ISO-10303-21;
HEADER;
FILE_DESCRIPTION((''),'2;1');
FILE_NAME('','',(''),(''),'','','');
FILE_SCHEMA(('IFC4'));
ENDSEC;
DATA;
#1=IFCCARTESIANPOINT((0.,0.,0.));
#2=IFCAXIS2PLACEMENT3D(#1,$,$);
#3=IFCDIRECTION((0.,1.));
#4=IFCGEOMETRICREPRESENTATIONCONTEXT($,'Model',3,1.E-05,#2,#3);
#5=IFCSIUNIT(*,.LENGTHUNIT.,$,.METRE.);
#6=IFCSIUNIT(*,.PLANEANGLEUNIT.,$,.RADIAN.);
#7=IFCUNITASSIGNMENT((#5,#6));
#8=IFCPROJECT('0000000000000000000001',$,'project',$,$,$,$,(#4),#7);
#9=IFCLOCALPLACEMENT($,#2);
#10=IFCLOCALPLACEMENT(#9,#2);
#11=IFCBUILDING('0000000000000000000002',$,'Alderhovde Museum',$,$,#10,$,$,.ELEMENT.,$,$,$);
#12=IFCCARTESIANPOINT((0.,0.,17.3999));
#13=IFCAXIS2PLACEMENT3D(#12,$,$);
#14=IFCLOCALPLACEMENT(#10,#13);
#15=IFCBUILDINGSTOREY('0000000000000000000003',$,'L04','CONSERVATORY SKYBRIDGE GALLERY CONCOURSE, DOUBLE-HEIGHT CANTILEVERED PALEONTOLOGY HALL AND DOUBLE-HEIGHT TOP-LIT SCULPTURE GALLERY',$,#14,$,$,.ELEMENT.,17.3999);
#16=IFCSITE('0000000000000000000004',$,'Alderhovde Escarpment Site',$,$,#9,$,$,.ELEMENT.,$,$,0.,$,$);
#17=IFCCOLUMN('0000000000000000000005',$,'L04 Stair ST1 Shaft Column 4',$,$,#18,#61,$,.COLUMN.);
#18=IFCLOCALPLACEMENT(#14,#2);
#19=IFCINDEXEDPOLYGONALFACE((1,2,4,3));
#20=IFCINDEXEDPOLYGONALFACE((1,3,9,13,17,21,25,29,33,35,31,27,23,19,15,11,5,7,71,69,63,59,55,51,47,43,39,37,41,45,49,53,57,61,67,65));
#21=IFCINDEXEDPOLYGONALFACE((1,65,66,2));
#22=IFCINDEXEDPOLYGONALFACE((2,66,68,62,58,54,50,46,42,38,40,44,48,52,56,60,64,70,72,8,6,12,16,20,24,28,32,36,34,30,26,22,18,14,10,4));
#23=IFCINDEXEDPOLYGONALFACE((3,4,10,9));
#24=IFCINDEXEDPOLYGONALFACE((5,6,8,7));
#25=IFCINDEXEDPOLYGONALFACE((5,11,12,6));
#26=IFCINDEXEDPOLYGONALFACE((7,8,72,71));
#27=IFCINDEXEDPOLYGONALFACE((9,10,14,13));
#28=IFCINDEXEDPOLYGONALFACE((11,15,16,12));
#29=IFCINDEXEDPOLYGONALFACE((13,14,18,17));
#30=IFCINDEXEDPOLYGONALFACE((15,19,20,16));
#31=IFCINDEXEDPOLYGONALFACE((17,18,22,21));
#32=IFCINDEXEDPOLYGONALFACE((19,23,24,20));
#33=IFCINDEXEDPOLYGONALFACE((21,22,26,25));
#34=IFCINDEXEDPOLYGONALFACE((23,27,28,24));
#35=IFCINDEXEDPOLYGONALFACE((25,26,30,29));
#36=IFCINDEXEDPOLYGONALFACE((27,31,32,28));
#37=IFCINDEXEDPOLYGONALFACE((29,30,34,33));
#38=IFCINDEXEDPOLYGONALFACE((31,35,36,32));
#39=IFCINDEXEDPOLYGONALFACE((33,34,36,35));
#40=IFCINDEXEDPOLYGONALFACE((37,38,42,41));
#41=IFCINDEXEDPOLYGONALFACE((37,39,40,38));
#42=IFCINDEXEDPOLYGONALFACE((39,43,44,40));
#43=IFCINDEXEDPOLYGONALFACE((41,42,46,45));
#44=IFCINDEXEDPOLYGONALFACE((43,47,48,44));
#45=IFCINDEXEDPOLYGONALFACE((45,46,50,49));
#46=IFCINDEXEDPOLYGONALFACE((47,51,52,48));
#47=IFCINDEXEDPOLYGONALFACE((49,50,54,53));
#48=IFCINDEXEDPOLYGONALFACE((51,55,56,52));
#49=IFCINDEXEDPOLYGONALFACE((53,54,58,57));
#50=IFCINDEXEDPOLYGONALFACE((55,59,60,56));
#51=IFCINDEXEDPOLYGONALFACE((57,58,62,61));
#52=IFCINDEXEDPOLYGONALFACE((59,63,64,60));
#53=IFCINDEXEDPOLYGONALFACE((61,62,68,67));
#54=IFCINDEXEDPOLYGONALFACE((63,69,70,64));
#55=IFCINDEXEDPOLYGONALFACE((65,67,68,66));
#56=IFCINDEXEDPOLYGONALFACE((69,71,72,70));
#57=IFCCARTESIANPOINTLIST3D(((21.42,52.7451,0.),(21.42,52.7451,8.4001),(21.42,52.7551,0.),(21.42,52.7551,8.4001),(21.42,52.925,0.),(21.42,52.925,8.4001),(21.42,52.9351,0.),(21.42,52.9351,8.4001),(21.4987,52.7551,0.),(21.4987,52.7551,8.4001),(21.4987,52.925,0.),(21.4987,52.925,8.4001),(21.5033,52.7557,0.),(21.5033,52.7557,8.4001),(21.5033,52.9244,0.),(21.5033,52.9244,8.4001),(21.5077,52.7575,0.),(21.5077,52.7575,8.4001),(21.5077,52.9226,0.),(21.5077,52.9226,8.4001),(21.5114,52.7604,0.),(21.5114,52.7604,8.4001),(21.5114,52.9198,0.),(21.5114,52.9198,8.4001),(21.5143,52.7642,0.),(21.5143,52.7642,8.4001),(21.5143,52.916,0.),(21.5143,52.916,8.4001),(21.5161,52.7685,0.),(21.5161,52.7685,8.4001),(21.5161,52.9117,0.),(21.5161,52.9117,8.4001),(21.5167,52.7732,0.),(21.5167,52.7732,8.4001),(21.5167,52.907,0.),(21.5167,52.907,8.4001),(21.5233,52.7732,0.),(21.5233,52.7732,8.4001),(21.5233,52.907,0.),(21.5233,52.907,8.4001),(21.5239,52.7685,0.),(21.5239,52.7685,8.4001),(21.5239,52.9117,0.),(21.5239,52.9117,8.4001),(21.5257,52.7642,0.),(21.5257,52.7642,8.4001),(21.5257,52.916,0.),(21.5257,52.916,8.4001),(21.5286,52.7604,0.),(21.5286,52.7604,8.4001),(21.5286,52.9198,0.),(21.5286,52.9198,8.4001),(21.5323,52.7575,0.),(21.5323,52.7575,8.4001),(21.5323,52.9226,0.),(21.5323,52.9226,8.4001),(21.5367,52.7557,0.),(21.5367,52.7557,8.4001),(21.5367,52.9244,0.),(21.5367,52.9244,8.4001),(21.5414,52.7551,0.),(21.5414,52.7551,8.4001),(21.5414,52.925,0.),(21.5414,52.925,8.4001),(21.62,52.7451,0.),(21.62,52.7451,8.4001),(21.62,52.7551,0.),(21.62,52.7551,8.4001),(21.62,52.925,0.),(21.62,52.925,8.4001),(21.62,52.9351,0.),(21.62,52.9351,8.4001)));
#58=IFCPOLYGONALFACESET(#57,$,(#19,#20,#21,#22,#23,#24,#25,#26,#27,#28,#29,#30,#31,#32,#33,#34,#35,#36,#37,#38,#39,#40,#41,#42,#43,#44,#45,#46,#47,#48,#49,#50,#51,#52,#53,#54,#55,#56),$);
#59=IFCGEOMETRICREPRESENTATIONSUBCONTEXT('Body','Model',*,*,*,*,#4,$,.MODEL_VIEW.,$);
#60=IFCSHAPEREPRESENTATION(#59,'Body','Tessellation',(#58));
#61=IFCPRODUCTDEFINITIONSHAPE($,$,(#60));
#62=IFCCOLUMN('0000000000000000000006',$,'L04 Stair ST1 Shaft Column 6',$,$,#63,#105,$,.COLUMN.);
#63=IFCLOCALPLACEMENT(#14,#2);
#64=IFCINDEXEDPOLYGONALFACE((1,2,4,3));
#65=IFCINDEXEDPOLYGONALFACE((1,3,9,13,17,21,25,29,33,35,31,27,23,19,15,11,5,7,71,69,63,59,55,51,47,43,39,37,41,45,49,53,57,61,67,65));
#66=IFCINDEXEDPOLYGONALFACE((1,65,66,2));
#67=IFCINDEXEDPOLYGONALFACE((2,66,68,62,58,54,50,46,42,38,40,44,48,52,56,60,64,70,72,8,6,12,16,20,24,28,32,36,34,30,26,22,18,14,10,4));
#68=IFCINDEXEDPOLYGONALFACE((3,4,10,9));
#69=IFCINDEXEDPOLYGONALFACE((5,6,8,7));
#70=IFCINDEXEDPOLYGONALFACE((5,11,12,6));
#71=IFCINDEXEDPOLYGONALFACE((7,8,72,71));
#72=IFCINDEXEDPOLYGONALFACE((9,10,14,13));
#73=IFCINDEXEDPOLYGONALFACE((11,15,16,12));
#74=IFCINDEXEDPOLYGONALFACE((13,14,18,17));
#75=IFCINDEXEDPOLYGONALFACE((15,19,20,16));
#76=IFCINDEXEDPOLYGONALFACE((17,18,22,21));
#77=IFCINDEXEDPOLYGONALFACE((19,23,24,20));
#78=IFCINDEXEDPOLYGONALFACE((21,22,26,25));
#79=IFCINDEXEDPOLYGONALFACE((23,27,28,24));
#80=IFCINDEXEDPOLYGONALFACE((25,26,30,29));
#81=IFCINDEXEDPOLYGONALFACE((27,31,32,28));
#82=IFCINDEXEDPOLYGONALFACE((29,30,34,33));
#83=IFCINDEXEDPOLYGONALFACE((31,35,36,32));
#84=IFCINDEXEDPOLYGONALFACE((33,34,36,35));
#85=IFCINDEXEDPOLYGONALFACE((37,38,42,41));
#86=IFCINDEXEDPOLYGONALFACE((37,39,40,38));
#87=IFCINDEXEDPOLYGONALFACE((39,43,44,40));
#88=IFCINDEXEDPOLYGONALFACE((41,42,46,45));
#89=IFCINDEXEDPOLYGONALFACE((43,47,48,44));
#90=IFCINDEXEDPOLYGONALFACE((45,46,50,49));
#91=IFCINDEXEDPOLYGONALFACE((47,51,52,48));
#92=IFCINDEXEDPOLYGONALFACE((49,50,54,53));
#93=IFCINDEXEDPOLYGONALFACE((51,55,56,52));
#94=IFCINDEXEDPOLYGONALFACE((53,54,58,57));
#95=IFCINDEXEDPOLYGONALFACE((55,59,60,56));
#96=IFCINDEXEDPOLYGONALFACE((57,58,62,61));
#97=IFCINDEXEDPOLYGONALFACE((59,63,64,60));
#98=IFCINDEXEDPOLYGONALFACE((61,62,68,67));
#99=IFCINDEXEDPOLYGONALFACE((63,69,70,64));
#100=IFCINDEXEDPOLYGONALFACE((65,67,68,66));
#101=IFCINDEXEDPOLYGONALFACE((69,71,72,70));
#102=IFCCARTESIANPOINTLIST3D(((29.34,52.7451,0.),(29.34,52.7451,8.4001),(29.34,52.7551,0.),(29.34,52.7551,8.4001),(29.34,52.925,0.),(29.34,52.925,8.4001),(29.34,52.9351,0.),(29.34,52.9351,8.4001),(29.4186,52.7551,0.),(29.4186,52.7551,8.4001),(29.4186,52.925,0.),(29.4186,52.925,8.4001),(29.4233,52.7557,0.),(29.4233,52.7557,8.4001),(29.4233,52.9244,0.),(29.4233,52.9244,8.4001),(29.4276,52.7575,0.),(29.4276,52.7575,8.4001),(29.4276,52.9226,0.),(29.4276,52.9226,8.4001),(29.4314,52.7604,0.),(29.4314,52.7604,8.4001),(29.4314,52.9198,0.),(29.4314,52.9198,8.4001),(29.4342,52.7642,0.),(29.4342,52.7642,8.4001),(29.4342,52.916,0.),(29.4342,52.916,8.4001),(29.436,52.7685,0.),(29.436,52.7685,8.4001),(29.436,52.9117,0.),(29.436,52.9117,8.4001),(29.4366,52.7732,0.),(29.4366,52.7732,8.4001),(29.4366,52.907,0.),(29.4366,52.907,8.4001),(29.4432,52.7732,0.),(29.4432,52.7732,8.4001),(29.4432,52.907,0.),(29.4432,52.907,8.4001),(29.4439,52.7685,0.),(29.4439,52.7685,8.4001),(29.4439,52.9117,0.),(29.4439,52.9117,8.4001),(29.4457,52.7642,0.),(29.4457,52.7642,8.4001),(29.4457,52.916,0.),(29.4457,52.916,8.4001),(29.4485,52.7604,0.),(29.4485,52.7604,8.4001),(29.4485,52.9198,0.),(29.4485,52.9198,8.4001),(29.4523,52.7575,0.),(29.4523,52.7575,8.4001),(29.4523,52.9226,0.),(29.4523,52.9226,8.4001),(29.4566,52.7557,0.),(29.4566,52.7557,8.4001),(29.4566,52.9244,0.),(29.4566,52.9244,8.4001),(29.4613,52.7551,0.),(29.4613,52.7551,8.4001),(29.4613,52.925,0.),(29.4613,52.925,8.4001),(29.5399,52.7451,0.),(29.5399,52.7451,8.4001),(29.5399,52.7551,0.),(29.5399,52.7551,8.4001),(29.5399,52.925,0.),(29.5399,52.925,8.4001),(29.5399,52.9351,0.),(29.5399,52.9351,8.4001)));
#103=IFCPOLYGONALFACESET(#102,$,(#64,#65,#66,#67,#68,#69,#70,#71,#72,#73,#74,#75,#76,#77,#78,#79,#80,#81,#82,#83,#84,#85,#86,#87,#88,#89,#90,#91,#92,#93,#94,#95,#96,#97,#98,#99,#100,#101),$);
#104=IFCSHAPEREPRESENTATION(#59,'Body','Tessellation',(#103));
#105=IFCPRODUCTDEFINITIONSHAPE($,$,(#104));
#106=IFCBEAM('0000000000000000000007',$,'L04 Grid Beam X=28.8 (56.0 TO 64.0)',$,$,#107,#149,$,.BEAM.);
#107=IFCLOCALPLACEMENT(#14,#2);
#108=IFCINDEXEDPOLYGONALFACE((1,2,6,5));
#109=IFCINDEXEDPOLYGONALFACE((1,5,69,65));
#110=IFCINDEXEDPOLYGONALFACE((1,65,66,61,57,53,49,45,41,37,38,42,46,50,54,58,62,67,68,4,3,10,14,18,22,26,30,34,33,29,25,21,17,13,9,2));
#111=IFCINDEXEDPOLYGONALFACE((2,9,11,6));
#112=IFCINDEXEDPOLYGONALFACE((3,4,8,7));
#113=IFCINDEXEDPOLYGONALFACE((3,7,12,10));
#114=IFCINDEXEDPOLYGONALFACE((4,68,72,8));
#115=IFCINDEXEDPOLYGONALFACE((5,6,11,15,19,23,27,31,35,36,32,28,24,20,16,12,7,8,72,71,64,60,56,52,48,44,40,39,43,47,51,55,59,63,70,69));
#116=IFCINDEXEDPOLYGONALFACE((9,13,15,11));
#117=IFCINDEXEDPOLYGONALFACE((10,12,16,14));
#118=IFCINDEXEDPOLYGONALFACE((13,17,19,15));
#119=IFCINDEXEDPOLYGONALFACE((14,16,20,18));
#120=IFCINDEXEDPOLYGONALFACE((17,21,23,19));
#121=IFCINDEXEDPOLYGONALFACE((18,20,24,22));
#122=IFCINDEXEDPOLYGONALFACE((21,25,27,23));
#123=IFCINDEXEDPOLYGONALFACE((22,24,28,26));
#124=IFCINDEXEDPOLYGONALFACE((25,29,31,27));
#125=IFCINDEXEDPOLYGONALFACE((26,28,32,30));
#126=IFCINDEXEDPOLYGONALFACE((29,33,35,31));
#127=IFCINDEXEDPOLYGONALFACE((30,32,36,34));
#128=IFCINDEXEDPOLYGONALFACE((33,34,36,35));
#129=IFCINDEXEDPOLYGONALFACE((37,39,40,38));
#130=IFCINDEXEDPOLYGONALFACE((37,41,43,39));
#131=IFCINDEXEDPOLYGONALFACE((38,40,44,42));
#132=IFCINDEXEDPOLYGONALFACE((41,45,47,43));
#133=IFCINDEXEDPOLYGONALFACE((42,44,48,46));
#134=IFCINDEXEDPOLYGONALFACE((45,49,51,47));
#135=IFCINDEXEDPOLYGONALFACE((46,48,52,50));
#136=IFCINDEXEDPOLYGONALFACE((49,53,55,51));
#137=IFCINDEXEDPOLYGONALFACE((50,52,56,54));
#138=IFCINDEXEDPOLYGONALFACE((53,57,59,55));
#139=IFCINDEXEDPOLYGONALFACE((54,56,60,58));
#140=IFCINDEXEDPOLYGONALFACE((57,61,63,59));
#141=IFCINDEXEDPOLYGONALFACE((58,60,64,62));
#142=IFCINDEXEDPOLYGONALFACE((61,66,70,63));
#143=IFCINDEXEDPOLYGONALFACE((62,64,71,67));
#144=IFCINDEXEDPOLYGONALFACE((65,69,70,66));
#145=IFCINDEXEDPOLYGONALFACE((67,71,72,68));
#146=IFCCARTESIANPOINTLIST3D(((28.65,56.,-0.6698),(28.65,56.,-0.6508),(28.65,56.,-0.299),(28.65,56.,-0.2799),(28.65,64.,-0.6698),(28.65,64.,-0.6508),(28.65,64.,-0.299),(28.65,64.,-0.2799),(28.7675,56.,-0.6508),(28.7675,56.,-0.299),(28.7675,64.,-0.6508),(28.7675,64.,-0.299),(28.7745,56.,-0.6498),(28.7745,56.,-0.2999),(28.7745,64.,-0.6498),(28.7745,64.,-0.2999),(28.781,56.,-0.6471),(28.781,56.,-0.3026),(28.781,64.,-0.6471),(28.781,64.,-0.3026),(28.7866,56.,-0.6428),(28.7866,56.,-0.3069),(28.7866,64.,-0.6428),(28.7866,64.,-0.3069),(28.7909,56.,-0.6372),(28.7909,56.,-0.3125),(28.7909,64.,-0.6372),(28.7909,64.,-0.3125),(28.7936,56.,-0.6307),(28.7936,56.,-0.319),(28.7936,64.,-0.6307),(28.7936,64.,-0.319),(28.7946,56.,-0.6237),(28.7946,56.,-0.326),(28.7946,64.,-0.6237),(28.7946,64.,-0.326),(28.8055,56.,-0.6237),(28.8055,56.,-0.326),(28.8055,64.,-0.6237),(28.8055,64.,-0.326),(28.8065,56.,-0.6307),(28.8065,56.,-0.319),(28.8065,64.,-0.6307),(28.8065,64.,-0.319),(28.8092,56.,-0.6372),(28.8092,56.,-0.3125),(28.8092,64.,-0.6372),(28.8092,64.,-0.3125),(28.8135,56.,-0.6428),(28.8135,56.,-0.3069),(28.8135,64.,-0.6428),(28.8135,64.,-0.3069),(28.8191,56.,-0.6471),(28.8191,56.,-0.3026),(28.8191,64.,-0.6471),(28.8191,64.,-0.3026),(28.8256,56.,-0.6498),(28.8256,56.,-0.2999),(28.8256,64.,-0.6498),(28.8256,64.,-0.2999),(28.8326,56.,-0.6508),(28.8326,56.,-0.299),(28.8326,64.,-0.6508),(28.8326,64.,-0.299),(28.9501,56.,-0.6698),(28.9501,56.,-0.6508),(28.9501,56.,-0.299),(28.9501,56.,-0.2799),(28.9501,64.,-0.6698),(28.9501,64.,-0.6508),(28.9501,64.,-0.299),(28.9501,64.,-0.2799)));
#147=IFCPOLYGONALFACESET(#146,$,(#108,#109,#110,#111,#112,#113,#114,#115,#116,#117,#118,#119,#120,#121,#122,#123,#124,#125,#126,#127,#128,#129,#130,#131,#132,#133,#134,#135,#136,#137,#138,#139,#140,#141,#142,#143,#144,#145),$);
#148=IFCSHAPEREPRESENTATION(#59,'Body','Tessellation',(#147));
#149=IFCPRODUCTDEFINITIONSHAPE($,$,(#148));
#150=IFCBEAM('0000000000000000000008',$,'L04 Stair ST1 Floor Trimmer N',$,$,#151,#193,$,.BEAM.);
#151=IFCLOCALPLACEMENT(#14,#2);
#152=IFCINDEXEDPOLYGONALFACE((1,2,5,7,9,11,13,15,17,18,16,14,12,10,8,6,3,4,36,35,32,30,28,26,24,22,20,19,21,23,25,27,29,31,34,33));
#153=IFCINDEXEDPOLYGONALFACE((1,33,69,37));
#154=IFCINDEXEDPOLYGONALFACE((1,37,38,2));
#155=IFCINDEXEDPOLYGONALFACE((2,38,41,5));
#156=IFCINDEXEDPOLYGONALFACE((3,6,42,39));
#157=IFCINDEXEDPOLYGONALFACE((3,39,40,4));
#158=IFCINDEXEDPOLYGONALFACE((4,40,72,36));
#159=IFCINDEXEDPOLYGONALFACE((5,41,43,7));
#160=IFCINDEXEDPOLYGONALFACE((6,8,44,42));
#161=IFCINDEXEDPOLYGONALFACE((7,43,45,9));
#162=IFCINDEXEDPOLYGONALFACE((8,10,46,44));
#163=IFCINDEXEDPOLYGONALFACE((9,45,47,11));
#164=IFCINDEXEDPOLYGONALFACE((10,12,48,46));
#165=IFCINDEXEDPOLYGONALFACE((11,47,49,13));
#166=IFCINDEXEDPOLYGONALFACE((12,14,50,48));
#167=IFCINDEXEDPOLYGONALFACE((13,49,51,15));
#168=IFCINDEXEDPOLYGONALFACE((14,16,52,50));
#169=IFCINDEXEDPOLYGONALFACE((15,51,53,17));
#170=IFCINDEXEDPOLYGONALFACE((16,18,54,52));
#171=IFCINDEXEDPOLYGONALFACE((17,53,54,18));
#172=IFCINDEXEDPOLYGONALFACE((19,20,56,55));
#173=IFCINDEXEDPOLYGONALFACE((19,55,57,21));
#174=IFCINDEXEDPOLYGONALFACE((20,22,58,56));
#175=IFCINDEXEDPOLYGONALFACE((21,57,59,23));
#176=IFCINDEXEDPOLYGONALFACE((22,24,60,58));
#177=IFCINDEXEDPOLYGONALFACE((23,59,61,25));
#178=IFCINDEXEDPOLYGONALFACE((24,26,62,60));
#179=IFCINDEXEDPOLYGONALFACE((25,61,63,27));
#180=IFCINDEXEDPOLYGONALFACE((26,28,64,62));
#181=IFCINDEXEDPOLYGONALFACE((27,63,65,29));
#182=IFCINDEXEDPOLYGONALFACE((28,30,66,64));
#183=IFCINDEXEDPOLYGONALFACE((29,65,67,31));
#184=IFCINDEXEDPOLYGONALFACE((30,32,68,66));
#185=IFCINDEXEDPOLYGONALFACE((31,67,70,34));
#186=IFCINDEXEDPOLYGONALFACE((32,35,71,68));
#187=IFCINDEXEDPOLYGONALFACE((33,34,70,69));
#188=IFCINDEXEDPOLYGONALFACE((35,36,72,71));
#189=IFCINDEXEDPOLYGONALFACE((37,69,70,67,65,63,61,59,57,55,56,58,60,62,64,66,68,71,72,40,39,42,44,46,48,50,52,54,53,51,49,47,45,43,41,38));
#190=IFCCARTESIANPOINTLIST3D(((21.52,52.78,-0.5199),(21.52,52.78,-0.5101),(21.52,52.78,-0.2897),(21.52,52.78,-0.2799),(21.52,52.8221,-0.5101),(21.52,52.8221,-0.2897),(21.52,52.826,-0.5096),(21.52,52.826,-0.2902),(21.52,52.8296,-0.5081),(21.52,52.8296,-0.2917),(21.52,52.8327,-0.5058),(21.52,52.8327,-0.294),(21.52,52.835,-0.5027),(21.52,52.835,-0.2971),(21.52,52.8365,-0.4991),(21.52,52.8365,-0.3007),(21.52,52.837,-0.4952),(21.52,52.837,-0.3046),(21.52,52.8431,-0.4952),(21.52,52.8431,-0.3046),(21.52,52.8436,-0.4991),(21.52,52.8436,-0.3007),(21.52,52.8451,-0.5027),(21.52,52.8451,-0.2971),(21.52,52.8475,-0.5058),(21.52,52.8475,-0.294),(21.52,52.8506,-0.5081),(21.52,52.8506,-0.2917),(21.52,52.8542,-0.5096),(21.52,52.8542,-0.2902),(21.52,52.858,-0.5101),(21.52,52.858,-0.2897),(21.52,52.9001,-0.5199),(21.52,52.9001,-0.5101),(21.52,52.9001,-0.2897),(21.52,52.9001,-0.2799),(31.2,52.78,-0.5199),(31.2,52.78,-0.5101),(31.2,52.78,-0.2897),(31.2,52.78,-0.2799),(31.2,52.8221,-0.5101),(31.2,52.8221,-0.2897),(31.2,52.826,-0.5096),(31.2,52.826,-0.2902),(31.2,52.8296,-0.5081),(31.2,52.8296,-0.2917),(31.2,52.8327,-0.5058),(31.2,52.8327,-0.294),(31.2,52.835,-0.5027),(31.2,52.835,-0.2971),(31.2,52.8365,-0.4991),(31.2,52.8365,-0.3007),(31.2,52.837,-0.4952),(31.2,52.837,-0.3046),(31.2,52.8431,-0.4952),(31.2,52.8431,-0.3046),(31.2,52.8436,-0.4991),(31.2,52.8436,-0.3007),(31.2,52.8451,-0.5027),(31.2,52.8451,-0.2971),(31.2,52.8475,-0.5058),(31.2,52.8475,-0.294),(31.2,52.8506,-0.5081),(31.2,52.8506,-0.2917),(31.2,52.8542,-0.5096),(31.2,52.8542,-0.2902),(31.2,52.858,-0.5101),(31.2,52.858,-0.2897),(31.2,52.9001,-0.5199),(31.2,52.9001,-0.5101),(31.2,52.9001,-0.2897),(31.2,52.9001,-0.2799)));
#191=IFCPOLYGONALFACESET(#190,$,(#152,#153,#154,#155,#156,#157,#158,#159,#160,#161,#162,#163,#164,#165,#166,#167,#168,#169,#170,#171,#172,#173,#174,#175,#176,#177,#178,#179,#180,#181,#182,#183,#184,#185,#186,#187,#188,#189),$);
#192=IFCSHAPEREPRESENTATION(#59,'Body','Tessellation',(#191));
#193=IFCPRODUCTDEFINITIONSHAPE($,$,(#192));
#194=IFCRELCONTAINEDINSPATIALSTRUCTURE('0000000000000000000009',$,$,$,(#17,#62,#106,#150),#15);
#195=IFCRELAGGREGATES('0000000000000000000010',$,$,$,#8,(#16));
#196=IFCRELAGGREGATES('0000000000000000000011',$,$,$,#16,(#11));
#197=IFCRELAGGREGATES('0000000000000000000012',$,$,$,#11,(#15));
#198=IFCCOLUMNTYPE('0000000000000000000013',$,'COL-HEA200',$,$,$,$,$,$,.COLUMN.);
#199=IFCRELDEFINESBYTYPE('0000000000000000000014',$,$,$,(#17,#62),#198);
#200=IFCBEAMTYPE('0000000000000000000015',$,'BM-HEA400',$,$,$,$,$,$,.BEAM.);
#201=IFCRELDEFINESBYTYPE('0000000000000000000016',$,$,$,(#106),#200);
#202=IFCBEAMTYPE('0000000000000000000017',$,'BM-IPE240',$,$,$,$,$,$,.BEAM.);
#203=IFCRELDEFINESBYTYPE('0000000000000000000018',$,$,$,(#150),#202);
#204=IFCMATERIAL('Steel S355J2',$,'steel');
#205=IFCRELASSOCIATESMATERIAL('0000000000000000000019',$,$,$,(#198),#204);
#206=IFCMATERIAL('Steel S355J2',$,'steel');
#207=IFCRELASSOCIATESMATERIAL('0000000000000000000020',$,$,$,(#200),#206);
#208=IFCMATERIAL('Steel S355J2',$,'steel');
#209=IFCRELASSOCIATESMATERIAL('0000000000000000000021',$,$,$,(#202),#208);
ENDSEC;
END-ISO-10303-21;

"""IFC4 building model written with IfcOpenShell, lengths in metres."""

from ifc_helpers import new_model, si_unit, direction, frame, origin, origin_2d, place, context, subcontext, project, spatial, i_section, extrude, material, material_profile, profile_set, type_object, element, save


model = new_model("IFC4")

# Units and contexts
model_context = context("Model", 3, precision=1e-05, world=origin(), true_north=direction((0.0, 1.0)))
body_context = subcontext(model_context, "Body", "Model", "MODEL_VIEW")
ifc_project = project(units=[si_unit("LENGTHUNIT", "METRE"), si_unit("PLANEANGLEUNIT", "RADIAN")], contexts=[model_context])

# Site, building, storey
site_placement = place(None, origin())
site = spatial("IfcSite", under=ifc_project, at=site_placement, Name="Alderhovde Escarpment Site", CompositionType="ELEMENT", RefElevation=0.0)
building_placement = place(site_placement, origin())
building = spatial("IfcBuilding", under=site, at=building_placement, Name="Alderhovde Museum", CompositionType="ELEMENT")
storey_placement = place(building_placement, frame((0.0, 0.0, 17.3999)))
storey = spatial("IfcBuildingStorey", under=building, at=storey_placement, Name="L04", Description="CONSERVATORY SKYBRIDGE GALLERY CONCOURSE, DOUBLE-HEIGHT CANTILEVERED PALEONTOLOGY HALL AND DOUBLE-HEIGHT TOP-LIT SCULPTURE GALLERY", CompositionType="ELEMENT", Elevation=17.3999)

# Columns
ifc_material_1 = material(Name="Steel S355J2", Category="steel")
ifc_material_profile_1 = material_profile(ifc_material_1, i_section(OverallWidth=0.2, OverallDepth=0.1899, WebThickness=0.0066, FlangeThickness=0.01, FilletRadius=0.0181, at=origin_2d()), Name="HEA 200")
ifc_profile_set_1 = profile_set([ifc_material_profile_1], Name="Steel S355J2")
column_type = type_object("IfcColumnType", Name="COL-HEA200", PredefinedType="COLUMN", material=ifc_profile_set_1)
for number, where, z_axis, x_axis, name in (
    (1, (21.52, 52.8401, 0.0), (0.0, 0.0, 1.0), (1.0, 0.0, 0.0), "L04 Stair ST1 Shaft Column 4"),
    (2, (29.4399, 52.8401, 0.0), (0.0, 0.0, 1.0), (1.0, 0.0, 0.0), "L04 Stair ST1 Shaft Column 6"),
):
    element("IfcColumn", number, at=place(storey_placement, frame(where, z_axis=z_axis, x_axis=x_axis)), inside=storey, type_object=column_type, Name=name, PredefinedType="COLUMN", context=body_context, shape_type="SweptSolid", body=[
        extrude(i_section(OverallWidth=0.2, OverallDepth=0.1899, WebThickness=0.0066, FlangeThickness=0.01, FilletRadius=0.0181, at=origin_2d()), origin(), (0.0, 0.0, 1.0), 8.4001),
    ])

# Beams
ifc_material_2 = material(Name="Steel S355J2", Category="steel")
ifc_material_profile_2 = material_profile(ifc_material_2, i_section(OverallWidth=0.3, OverallDepth=0.3899, WebThickness=0.011, FlangeThickness=0.019, FilletRadius=0.0271, at=origin_2d()), Name="HEA 400")
ifc_profile_set_2 = profile_set([ifc_material_profile_2], Name="Steel S355J2")
beam_type_1 = type_object("IfcBeamType", Name="BM-HEA400", PredefinedType="BEAM", material=ifc_profile_set_2)
beam_1_placement = place(storey_placement, frame((28.8, 56.0, -0.4749), z_axis=(0.0, 1.0, 0.0), x_axis=(-1.0, 0.0, 0.0)))
element("IfcBeam", 3, at=beam_1_placement, inside=storey, type_object=beam_type_1, Name="L04 Grid Beam X=28.8 (56.0 TO 64.0)", PredefinedType="BEAM", context=body_context, shape_type="SweptSolid", body=[
    extrude(i_section(OverallWidth=0.3, OverallDepth=0.3899, WebThickness=0.011, FlangeThickness=0.019, FilletRadius=0.0271, at=origin_2d()), origin(), (0.0, 0.0, 1.0), 8.0),
])
ifc_material_3 = material(Name="Steel S355J2", Category="steel")
ifc_material_profile_3 = material_profile(ifc_material_3, i_section(OverallWidth=0.1201, OverallDepth=0.24, WebThickness=0.0061, FlangeThickness=0.0098, FilletRadius=0.0149, at=origin_2d()), Name="IPE 240")
ifc_profile_set_3 = profile_set([ifc_material_profile_3], Name="Steel S355J2")
beam_type_2 = type_object("IfcBeamType", Name="BM-IPE240", PredefinedType="BEAM", material=ifc_profile_set_3)
for number, where, z_axis, x_axis, name in (
    (4, (21.52, 52.8401, -0.3999), (1.0, 0.0, 0.0), (0.0, 1.0, 0.0), "L04 Stair ST1 Floor Trimmer N"),
):
    element("IfcBeam", number, at=place(storey_placement, frame(where, z_axis=z_axis, x_axis=x_axis)), inside=storey, type_object=beam_type_2, Name=name, PredefinedType="BEAM", context=body_context, shape_type="SweptSolid", body=[
        extrude(i_section(OverallWidth=0.1201, OverallDepth=0.24, WebThickness=0.0061, FlangeThickness=0.0098, FilletRadius=0.0149, at=origin_2d()), origin(), (0.0, 0.0, 1.0), 9.6799),
    ])

save(model, "model.ifc")
